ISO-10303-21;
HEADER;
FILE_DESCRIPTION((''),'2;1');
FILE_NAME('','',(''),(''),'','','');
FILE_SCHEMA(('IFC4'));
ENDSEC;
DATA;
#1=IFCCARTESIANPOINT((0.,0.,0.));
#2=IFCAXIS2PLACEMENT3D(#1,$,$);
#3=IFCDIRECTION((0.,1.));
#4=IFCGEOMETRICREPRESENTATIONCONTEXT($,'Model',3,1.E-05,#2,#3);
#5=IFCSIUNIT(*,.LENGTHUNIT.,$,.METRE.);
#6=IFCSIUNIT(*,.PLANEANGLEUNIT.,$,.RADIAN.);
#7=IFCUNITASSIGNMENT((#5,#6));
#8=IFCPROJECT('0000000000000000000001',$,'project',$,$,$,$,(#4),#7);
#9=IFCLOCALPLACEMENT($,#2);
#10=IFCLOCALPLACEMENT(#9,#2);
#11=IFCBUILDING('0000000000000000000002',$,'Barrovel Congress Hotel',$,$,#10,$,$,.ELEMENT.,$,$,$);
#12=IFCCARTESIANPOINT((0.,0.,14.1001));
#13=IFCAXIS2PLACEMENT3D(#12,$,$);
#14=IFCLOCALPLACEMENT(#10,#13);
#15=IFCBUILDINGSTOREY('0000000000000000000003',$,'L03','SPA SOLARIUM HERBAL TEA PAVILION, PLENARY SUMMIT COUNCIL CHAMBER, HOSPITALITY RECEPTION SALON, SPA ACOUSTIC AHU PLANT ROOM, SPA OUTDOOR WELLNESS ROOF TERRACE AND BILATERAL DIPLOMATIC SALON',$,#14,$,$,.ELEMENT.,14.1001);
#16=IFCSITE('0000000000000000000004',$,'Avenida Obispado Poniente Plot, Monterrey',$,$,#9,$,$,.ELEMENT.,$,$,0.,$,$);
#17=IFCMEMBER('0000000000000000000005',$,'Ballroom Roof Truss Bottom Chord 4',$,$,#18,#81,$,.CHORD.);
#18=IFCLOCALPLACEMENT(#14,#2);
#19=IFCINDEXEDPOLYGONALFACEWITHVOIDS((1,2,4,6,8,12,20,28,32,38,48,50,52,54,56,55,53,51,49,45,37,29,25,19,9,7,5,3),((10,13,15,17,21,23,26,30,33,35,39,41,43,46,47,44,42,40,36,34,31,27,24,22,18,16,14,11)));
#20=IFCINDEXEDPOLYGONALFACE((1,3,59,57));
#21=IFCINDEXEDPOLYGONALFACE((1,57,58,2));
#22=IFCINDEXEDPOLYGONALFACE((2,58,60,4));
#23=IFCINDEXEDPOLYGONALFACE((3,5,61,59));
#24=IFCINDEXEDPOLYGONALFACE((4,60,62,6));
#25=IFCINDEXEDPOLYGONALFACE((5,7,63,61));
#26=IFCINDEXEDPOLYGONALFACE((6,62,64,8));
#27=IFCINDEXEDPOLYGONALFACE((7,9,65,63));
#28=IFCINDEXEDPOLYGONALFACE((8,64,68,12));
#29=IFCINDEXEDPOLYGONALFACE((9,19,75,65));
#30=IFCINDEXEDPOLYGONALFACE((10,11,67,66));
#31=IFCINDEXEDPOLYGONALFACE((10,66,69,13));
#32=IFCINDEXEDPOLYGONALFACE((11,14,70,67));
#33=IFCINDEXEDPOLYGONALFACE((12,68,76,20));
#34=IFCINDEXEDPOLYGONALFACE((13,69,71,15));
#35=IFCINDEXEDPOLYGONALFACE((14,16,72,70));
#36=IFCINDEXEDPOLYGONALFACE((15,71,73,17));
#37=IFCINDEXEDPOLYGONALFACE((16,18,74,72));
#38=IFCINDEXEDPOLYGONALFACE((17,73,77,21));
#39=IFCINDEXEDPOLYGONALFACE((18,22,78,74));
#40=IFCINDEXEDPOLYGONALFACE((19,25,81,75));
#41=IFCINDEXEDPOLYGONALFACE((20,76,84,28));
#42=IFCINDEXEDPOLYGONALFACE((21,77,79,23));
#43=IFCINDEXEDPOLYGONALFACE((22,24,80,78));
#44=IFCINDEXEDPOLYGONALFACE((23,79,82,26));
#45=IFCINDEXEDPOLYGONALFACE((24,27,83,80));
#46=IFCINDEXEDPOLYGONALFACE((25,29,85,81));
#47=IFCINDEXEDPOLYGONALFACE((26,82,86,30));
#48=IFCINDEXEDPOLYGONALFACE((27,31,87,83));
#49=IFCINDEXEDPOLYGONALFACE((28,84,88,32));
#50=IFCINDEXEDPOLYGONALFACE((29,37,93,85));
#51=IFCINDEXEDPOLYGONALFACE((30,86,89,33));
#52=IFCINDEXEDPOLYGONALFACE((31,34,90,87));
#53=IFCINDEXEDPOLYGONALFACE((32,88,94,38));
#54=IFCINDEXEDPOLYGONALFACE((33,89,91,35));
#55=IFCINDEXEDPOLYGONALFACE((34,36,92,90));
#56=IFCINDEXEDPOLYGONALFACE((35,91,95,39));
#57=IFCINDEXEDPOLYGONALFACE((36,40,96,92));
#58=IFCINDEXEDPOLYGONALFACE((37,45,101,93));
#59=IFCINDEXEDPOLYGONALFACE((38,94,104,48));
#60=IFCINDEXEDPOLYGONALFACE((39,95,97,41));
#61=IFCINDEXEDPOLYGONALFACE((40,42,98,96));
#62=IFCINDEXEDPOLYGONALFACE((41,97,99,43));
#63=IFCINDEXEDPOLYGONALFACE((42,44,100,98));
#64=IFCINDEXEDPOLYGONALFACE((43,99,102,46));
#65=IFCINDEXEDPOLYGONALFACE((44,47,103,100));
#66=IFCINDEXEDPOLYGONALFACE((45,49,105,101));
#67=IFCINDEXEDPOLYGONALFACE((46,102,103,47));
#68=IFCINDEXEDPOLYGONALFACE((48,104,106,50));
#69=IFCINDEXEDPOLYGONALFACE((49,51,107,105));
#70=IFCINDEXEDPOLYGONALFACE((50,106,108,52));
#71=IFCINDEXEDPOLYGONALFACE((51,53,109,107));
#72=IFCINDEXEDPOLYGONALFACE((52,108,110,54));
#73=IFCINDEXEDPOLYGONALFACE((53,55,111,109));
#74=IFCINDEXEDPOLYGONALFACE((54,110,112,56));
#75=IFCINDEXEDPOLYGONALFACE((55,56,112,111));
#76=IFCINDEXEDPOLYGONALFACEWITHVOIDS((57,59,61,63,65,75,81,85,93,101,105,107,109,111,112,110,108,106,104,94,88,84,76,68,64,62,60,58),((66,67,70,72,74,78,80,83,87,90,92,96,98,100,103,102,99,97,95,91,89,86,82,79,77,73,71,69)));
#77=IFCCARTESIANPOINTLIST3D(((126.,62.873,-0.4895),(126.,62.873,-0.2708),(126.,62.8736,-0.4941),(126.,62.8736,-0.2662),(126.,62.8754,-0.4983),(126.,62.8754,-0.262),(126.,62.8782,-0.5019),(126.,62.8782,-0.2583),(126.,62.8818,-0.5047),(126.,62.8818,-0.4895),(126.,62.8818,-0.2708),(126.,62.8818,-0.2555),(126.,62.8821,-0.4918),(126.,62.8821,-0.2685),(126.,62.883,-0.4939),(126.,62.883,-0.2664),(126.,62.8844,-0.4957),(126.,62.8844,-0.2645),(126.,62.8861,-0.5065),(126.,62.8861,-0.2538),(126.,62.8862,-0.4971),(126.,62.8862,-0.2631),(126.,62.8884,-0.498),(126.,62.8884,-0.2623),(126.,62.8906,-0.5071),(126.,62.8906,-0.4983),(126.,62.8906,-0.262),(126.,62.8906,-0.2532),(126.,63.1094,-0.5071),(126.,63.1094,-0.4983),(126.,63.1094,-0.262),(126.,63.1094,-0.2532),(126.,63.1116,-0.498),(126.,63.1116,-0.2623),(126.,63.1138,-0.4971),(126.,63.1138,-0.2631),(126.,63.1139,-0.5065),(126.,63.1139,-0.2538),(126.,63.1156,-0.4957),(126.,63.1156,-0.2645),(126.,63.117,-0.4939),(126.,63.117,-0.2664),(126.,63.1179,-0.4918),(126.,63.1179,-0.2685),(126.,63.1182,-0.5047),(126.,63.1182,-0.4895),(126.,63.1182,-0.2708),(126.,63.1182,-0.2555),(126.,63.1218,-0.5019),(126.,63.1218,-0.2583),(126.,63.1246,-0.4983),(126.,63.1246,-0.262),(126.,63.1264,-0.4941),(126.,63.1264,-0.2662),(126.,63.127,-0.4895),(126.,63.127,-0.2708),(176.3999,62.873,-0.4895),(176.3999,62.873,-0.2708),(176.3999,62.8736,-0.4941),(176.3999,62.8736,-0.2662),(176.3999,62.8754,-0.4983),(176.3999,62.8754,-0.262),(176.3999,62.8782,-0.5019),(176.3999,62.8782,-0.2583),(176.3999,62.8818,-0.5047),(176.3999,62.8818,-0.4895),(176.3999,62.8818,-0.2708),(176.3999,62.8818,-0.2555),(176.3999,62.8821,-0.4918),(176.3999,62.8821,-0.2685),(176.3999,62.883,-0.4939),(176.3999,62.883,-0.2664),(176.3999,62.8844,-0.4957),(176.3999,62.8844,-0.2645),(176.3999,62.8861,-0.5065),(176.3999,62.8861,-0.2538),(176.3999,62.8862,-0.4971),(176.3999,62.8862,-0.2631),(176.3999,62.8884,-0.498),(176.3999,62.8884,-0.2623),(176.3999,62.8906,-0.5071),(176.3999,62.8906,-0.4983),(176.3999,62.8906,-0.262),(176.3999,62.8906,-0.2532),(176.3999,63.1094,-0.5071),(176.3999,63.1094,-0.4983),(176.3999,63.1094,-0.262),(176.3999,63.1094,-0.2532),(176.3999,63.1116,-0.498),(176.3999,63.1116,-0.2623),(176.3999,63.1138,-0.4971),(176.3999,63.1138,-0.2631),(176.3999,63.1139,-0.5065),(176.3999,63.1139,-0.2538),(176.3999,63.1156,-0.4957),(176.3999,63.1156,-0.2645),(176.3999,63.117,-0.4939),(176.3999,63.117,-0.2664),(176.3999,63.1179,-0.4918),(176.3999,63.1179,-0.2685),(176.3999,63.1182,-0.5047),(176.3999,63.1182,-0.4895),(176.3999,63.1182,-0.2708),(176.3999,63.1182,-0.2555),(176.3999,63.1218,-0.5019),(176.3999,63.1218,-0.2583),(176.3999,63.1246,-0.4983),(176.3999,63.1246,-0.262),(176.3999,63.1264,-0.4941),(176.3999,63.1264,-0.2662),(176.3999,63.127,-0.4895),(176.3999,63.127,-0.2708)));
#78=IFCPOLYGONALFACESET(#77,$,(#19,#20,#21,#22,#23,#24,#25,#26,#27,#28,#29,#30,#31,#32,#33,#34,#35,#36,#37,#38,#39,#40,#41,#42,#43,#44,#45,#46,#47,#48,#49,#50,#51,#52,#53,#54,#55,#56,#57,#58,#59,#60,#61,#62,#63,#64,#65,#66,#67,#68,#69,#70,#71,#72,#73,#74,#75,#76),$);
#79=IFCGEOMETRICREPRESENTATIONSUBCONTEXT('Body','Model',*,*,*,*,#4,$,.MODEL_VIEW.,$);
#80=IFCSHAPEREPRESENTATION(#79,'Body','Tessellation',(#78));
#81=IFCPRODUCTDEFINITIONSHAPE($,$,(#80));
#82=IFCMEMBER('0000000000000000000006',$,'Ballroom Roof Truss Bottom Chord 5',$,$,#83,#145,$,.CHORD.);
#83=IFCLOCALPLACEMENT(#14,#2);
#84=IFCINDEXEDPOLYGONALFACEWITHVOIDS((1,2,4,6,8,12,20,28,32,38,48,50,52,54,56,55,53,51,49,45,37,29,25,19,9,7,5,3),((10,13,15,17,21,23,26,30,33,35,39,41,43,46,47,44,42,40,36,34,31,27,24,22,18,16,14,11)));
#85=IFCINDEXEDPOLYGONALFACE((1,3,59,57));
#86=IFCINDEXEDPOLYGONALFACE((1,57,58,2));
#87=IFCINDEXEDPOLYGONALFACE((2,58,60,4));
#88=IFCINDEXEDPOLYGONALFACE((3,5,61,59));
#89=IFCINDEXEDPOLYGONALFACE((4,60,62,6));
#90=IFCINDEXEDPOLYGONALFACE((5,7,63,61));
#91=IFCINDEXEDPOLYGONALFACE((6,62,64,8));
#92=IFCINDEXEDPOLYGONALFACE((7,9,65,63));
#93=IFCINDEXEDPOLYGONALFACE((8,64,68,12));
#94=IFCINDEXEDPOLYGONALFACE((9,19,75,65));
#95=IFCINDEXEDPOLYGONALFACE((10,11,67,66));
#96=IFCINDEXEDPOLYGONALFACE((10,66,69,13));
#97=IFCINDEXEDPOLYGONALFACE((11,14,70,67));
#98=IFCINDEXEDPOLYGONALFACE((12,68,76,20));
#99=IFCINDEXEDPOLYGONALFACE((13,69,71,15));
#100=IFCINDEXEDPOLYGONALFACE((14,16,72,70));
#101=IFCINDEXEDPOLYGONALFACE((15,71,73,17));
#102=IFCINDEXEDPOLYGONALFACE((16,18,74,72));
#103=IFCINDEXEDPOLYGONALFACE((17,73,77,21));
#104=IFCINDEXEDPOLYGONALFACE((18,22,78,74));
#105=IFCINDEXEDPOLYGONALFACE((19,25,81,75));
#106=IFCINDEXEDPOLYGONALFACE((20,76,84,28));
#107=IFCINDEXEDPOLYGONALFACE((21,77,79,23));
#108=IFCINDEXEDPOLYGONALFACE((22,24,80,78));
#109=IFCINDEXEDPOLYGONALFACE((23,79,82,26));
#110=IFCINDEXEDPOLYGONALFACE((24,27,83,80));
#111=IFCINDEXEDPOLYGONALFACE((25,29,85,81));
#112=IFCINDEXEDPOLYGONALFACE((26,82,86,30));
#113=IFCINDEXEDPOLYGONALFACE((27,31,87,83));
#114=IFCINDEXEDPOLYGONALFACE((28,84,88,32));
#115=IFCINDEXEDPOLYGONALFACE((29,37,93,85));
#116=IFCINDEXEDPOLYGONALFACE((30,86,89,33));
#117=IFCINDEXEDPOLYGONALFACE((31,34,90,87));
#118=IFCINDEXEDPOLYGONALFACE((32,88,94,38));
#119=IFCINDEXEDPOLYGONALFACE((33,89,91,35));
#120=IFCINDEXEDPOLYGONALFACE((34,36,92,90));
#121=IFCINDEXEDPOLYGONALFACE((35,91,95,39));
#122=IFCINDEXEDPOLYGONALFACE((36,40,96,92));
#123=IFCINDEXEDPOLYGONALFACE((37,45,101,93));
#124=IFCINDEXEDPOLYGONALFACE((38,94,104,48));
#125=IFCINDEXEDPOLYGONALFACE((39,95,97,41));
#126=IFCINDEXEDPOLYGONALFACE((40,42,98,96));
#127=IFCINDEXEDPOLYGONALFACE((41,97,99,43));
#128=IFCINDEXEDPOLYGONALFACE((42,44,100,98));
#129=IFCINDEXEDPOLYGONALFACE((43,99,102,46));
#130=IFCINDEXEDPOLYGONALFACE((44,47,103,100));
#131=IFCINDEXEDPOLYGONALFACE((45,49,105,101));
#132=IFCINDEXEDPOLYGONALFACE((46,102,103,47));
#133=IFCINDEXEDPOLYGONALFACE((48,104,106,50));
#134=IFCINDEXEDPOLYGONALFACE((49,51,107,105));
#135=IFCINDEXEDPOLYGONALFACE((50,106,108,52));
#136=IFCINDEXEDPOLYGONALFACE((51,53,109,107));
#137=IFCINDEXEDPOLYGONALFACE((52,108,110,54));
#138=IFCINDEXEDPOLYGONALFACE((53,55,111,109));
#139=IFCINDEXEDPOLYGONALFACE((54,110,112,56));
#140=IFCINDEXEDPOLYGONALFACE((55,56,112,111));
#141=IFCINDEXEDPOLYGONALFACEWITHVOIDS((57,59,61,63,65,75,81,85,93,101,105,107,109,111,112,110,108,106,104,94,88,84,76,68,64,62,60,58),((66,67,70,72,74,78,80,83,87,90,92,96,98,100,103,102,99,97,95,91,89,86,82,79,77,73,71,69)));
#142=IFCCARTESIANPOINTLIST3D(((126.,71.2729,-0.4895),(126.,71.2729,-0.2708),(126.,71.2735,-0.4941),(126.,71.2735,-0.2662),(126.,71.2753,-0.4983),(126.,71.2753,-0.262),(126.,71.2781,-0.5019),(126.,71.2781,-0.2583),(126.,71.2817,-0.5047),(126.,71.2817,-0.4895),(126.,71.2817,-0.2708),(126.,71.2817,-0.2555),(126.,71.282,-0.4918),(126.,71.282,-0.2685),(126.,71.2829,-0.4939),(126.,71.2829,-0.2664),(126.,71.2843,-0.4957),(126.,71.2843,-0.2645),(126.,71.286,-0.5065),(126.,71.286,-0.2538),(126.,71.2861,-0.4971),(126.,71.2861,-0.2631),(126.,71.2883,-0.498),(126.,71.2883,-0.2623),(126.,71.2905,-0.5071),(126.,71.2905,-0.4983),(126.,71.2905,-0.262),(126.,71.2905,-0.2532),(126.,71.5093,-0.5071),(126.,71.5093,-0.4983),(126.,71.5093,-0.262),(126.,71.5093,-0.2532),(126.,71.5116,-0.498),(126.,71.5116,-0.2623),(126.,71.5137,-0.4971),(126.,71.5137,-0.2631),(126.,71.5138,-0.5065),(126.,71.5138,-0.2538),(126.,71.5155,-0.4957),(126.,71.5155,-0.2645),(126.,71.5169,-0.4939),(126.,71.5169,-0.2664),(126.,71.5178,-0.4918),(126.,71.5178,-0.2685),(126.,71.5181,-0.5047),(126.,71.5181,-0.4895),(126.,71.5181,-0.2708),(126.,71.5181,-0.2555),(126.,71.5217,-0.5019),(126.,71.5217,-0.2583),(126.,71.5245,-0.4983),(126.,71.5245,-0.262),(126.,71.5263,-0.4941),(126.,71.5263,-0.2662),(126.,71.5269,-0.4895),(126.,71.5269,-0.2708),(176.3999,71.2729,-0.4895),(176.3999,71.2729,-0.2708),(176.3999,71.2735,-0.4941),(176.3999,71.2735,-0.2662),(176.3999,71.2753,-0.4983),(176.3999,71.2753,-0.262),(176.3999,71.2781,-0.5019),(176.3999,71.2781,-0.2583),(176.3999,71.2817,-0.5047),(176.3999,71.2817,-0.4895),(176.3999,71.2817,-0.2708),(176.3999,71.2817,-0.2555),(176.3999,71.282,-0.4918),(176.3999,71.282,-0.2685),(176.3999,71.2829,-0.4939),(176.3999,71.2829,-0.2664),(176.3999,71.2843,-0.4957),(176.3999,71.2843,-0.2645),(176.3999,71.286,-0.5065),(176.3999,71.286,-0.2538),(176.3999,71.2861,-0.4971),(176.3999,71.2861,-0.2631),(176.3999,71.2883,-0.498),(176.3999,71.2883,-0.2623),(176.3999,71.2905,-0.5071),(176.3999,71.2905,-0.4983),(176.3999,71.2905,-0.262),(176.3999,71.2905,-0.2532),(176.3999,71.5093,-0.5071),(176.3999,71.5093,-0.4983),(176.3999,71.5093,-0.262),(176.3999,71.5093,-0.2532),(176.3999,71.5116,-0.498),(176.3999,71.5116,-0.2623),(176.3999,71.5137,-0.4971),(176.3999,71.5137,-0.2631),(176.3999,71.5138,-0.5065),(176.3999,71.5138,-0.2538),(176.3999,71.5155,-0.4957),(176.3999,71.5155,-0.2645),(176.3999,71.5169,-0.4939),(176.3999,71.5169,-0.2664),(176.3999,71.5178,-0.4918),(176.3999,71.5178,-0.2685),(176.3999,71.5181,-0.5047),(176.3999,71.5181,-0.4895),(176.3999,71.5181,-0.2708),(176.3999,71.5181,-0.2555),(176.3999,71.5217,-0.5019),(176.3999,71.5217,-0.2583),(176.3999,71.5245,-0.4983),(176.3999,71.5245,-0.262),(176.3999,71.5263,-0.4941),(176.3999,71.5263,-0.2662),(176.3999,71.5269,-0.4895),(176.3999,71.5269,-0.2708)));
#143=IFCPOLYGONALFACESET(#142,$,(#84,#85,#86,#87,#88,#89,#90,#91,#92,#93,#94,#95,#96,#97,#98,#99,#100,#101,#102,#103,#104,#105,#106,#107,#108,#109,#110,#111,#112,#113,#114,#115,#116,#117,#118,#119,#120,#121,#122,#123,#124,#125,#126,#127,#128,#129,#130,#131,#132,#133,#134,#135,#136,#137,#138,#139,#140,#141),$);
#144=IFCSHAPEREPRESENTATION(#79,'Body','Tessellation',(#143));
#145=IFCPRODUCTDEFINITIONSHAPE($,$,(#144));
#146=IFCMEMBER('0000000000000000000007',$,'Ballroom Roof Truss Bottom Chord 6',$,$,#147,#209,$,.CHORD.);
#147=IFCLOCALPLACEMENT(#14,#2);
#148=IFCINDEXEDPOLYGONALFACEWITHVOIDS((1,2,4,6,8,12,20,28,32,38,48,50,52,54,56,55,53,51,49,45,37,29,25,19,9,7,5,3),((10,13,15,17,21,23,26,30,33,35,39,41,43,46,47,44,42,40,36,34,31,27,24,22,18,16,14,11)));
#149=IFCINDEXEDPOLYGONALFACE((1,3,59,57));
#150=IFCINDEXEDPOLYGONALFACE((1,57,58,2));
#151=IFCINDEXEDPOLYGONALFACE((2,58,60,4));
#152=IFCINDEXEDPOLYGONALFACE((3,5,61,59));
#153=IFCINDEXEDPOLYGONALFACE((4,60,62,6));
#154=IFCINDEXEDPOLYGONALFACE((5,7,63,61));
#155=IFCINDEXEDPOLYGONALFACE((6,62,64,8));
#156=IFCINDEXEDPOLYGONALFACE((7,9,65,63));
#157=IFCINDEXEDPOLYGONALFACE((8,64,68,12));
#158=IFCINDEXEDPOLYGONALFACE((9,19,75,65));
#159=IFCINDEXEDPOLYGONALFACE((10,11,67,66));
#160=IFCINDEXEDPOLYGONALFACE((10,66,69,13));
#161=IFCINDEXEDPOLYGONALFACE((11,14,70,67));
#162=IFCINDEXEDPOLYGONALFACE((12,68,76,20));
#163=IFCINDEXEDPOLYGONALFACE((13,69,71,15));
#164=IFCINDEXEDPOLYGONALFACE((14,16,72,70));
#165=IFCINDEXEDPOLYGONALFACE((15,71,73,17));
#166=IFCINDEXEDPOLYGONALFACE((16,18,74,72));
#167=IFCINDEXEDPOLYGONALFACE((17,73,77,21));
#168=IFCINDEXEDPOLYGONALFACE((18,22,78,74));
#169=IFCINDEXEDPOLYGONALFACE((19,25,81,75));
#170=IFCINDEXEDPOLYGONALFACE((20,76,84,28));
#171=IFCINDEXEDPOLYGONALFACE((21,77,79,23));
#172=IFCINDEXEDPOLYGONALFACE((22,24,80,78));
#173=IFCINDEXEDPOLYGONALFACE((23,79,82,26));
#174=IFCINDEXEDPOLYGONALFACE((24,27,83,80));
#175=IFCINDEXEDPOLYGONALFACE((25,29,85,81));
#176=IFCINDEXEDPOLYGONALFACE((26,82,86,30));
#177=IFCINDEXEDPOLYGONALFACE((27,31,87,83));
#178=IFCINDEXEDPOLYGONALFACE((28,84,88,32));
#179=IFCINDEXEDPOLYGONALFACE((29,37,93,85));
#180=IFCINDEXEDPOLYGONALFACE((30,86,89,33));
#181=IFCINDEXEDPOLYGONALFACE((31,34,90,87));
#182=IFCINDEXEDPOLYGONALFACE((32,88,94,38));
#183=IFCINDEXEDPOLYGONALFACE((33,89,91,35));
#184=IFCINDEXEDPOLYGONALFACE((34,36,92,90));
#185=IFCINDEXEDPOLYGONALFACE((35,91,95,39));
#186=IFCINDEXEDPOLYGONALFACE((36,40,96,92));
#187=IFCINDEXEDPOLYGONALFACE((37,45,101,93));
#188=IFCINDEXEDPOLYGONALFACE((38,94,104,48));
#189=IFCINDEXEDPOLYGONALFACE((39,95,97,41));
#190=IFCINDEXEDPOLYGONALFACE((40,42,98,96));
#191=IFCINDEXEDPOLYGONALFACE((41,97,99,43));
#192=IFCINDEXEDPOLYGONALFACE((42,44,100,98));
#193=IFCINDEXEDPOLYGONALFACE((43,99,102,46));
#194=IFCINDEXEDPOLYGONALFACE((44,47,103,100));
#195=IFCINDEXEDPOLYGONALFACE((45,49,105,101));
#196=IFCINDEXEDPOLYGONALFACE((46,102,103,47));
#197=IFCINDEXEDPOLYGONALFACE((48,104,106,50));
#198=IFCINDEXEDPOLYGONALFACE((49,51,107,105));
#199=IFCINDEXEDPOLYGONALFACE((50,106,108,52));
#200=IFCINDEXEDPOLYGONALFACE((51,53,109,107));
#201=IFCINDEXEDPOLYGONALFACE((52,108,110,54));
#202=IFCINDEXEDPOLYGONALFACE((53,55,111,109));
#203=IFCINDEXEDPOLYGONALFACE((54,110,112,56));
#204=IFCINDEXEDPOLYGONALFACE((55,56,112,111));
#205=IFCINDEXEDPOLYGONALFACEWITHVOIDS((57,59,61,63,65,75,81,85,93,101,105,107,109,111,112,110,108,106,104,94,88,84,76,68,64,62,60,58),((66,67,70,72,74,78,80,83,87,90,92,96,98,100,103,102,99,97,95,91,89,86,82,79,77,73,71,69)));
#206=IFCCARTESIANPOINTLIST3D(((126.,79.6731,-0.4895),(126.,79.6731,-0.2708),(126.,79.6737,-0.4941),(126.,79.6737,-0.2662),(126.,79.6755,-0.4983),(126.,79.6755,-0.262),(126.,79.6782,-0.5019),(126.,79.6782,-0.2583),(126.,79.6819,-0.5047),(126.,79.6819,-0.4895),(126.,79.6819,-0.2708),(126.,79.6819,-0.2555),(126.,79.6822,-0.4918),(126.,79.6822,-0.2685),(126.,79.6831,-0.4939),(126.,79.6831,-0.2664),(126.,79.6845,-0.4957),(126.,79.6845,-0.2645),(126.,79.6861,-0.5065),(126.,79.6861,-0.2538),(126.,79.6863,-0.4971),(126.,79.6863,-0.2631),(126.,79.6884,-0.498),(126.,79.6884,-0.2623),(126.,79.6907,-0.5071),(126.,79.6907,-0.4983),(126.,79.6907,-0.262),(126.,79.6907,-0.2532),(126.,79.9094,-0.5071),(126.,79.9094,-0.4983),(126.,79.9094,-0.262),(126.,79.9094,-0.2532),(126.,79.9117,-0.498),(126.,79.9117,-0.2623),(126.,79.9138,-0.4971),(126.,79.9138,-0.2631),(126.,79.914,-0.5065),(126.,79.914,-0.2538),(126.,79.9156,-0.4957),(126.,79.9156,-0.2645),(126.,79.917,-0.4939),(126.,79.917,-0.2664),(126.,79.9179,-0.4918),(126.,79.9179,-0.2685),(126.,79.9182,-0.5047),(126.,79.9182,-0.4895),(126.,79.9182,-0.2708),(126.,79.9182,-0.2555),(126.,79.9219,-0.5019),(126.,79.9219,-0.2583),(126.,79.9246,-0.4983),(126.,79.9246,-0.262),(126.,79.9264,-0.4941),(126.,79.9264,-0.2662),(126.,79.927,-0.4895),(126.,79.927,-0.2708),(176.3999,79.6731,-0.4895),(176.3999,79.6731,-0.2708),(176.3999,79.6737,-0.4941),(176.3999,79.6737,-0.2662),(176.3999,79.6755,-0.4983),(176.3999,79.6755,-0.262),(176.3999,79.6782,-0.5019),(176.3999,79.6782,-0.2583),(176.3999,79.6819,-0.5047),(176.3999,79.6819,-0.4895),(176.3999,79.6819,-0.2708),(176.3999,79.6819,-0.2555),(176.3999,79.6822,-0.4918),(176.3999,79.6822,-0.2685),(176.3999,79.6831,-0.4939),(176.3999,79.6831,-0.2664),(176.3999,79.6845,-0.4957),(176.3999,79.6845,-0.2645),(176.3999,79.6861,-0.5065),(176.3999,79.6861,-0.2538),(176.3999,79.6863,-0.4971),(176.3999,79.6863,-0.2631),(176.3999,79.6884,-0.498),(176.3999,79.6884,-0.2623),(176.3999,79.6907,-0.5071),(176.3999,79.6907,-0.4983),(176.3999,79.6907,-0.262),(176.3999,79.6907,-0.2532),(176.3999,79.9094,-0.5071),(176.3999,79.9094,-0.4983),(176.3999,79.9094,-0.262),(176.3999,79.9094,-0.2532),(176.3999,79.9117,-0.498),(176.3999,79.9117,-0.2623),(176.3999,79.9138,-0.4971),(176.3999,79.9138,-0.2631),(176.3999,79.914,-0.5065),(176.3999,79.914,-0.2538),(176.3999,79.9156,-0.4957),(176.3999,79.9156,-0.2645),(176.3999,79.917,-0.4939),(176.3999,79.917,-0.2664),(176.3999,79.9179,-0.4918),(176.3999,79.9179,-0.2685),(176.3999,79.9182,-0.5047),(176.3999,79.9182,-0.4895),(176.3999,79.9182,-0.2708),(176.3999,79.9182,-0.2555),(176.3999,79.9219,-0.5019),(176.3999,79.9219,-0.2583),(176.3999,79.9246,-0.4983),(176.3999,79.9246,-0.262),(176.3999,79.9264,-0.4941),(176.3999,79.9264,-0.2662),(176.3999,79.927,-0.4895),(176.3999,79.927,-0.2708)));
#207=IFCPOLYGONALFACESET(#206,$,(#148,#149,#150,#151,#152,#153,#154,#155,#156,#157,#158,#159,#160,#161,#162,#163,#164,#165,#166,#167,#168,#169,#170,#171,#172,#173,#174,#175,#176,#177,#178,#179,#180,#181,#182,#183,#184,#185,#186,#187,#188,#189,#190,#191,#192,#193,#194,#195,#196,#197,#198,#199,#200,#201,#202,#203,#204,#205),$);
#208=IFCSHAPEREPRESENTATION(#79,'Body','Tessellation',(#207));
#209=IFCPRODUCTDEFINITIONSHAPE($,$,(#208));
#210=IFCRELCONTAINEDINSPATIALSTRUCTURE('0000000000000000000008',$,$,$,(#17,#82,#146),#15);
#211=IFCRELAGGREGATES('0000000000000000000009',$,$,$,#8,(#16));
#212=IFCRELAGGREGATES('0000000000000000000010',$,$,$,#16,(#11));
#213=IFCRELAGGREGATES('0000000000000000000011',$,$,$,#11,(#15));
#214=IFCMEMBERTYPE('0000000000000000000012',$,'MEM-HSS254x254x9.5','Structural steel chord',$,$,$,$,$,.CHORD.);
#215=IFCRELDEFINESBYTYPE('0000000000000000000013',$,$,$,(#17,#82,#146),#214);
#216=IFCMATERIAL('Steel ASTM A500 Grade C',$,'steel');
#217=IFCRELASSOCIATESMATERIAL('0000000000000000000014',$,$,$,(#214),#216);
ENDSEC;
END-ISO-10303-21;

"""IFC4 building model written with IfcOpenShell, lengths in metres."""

from ifc_helpers import new_model, si_unit, direction, frame, origin, origin_2d, place, context, subcontext, project, spatial, hollow_rectangle, extrude, material, material_profile, profile_set, type_object, element, save


model = new_model("IFC4")

# Units and contexts
model_context = context("Model", 3, precision=1e-05, world=origin(), true_north=direction((0.0, 1.0)))
body_context = subcontext(model_context, "Body", "Model", "MODEL_VIEW")
ifc_project = project(units=[si_unit("LENGTHUNIT", "METRE"), si_unit("PLANEANGLEUNIT", "RADIAN")], contexts=[model_context])

# Site, building, storey
site_placement = place(None, origin())
site = spatial("IfcSite", under=ifc_project, at=site_placement, Name="Avenida Obispado Poniente Plot, Monterrey", CompositionType="ELEMENT", RefElevation=0.0)
building_placement = place(site_placement, origin())
building = spatial("IfcBuilding", under=site, at=building_placement, Name="Barrovel Congress Hotel", CompositionType="ELEMENT")
storey_placement = place(building_placement, frame((0.0, 0.0, 14.1001)))
storey = spatial("IfcBuildingStorey", under=building, at=storey_placement, Name="L03", Description="SPA SOLARIUM HERBAL TEA PAVILION, PLENARY SUMMIT COUNCIL CHAMBER, HOSPITALITY RECEPTION SALON, SPA ACOUSTIC AHU PLANT ROOM, SPA OUTDOOR WELLNESS ROOF TERRACE AND BILATERAL DIPLOMATIC SALON", CompositionType="ELEMENT", Elevation=14.1001)

# Members
ifc_material_1 = material(Name="Steel ASTM A500 Grade C", Category="steel")
ifc_material_profile_1 = material_profile(ifc_material_1, hollow_rectangle(XDim=0.2539, YDim=0.2539, WallThickness=0.0088, InnerFilletRadius=0.0088, OuterFilletRadius=0.0176, at=origin_2d()), Name="HSS254x254x9.5")
ifc_profile_set_1 = profile_set([ifc_material_profile_1], Name="Steel ASTM A500 Grade C")
member_type_1 = type_object("IfcMemberType", Name="MEM-HSS254x254x9.5", Description="Structural steel chord", PredefinedType="CHORD", material=ifc_profile_set_1)
for number, where, z_axis, x_axis, name in (
    (1, (126.0, 63.0, -0.3801), (1.0, 0.0, 0.0), (0.0, 1.0, 0.0), "Ballroom Roof Truss Bottom Chord 4"),
    (2, (126.0, 71.3999, -0.3801), (1.0, 0.0, 0.0), (0.0, 1.0, 0.0), "Ballroom Roof Truss Bottom Chord 5"),
    (3, (126.0, 79.8, -0.3801), (1.0, 0.0, 0.0), (0.0, 1.0, 0.0), "Ballroom Roof Truss Bottom Chord 6"),
):
    element("IfcMember", number, at=place(storey_placement, frame(where, z_axis=z_axis, x_axis=x_axis)), inside=storey, type_object=member_type_1, Name=name, PredefinedType="CHORD", context=body_context, shape_type="SweptSolid", body=[
        extrude(hollow_rectangle(XDim=0.2539, YDim=0.2539, WallThickness=0.0088, InnerFilletRadius=0.0088, OuterFilletRadius=0.0176, at=origin_2d()), origin(), (0.0, 0.0, 1.0), 50.3999),
    ])

save(model, "model.ifc")
